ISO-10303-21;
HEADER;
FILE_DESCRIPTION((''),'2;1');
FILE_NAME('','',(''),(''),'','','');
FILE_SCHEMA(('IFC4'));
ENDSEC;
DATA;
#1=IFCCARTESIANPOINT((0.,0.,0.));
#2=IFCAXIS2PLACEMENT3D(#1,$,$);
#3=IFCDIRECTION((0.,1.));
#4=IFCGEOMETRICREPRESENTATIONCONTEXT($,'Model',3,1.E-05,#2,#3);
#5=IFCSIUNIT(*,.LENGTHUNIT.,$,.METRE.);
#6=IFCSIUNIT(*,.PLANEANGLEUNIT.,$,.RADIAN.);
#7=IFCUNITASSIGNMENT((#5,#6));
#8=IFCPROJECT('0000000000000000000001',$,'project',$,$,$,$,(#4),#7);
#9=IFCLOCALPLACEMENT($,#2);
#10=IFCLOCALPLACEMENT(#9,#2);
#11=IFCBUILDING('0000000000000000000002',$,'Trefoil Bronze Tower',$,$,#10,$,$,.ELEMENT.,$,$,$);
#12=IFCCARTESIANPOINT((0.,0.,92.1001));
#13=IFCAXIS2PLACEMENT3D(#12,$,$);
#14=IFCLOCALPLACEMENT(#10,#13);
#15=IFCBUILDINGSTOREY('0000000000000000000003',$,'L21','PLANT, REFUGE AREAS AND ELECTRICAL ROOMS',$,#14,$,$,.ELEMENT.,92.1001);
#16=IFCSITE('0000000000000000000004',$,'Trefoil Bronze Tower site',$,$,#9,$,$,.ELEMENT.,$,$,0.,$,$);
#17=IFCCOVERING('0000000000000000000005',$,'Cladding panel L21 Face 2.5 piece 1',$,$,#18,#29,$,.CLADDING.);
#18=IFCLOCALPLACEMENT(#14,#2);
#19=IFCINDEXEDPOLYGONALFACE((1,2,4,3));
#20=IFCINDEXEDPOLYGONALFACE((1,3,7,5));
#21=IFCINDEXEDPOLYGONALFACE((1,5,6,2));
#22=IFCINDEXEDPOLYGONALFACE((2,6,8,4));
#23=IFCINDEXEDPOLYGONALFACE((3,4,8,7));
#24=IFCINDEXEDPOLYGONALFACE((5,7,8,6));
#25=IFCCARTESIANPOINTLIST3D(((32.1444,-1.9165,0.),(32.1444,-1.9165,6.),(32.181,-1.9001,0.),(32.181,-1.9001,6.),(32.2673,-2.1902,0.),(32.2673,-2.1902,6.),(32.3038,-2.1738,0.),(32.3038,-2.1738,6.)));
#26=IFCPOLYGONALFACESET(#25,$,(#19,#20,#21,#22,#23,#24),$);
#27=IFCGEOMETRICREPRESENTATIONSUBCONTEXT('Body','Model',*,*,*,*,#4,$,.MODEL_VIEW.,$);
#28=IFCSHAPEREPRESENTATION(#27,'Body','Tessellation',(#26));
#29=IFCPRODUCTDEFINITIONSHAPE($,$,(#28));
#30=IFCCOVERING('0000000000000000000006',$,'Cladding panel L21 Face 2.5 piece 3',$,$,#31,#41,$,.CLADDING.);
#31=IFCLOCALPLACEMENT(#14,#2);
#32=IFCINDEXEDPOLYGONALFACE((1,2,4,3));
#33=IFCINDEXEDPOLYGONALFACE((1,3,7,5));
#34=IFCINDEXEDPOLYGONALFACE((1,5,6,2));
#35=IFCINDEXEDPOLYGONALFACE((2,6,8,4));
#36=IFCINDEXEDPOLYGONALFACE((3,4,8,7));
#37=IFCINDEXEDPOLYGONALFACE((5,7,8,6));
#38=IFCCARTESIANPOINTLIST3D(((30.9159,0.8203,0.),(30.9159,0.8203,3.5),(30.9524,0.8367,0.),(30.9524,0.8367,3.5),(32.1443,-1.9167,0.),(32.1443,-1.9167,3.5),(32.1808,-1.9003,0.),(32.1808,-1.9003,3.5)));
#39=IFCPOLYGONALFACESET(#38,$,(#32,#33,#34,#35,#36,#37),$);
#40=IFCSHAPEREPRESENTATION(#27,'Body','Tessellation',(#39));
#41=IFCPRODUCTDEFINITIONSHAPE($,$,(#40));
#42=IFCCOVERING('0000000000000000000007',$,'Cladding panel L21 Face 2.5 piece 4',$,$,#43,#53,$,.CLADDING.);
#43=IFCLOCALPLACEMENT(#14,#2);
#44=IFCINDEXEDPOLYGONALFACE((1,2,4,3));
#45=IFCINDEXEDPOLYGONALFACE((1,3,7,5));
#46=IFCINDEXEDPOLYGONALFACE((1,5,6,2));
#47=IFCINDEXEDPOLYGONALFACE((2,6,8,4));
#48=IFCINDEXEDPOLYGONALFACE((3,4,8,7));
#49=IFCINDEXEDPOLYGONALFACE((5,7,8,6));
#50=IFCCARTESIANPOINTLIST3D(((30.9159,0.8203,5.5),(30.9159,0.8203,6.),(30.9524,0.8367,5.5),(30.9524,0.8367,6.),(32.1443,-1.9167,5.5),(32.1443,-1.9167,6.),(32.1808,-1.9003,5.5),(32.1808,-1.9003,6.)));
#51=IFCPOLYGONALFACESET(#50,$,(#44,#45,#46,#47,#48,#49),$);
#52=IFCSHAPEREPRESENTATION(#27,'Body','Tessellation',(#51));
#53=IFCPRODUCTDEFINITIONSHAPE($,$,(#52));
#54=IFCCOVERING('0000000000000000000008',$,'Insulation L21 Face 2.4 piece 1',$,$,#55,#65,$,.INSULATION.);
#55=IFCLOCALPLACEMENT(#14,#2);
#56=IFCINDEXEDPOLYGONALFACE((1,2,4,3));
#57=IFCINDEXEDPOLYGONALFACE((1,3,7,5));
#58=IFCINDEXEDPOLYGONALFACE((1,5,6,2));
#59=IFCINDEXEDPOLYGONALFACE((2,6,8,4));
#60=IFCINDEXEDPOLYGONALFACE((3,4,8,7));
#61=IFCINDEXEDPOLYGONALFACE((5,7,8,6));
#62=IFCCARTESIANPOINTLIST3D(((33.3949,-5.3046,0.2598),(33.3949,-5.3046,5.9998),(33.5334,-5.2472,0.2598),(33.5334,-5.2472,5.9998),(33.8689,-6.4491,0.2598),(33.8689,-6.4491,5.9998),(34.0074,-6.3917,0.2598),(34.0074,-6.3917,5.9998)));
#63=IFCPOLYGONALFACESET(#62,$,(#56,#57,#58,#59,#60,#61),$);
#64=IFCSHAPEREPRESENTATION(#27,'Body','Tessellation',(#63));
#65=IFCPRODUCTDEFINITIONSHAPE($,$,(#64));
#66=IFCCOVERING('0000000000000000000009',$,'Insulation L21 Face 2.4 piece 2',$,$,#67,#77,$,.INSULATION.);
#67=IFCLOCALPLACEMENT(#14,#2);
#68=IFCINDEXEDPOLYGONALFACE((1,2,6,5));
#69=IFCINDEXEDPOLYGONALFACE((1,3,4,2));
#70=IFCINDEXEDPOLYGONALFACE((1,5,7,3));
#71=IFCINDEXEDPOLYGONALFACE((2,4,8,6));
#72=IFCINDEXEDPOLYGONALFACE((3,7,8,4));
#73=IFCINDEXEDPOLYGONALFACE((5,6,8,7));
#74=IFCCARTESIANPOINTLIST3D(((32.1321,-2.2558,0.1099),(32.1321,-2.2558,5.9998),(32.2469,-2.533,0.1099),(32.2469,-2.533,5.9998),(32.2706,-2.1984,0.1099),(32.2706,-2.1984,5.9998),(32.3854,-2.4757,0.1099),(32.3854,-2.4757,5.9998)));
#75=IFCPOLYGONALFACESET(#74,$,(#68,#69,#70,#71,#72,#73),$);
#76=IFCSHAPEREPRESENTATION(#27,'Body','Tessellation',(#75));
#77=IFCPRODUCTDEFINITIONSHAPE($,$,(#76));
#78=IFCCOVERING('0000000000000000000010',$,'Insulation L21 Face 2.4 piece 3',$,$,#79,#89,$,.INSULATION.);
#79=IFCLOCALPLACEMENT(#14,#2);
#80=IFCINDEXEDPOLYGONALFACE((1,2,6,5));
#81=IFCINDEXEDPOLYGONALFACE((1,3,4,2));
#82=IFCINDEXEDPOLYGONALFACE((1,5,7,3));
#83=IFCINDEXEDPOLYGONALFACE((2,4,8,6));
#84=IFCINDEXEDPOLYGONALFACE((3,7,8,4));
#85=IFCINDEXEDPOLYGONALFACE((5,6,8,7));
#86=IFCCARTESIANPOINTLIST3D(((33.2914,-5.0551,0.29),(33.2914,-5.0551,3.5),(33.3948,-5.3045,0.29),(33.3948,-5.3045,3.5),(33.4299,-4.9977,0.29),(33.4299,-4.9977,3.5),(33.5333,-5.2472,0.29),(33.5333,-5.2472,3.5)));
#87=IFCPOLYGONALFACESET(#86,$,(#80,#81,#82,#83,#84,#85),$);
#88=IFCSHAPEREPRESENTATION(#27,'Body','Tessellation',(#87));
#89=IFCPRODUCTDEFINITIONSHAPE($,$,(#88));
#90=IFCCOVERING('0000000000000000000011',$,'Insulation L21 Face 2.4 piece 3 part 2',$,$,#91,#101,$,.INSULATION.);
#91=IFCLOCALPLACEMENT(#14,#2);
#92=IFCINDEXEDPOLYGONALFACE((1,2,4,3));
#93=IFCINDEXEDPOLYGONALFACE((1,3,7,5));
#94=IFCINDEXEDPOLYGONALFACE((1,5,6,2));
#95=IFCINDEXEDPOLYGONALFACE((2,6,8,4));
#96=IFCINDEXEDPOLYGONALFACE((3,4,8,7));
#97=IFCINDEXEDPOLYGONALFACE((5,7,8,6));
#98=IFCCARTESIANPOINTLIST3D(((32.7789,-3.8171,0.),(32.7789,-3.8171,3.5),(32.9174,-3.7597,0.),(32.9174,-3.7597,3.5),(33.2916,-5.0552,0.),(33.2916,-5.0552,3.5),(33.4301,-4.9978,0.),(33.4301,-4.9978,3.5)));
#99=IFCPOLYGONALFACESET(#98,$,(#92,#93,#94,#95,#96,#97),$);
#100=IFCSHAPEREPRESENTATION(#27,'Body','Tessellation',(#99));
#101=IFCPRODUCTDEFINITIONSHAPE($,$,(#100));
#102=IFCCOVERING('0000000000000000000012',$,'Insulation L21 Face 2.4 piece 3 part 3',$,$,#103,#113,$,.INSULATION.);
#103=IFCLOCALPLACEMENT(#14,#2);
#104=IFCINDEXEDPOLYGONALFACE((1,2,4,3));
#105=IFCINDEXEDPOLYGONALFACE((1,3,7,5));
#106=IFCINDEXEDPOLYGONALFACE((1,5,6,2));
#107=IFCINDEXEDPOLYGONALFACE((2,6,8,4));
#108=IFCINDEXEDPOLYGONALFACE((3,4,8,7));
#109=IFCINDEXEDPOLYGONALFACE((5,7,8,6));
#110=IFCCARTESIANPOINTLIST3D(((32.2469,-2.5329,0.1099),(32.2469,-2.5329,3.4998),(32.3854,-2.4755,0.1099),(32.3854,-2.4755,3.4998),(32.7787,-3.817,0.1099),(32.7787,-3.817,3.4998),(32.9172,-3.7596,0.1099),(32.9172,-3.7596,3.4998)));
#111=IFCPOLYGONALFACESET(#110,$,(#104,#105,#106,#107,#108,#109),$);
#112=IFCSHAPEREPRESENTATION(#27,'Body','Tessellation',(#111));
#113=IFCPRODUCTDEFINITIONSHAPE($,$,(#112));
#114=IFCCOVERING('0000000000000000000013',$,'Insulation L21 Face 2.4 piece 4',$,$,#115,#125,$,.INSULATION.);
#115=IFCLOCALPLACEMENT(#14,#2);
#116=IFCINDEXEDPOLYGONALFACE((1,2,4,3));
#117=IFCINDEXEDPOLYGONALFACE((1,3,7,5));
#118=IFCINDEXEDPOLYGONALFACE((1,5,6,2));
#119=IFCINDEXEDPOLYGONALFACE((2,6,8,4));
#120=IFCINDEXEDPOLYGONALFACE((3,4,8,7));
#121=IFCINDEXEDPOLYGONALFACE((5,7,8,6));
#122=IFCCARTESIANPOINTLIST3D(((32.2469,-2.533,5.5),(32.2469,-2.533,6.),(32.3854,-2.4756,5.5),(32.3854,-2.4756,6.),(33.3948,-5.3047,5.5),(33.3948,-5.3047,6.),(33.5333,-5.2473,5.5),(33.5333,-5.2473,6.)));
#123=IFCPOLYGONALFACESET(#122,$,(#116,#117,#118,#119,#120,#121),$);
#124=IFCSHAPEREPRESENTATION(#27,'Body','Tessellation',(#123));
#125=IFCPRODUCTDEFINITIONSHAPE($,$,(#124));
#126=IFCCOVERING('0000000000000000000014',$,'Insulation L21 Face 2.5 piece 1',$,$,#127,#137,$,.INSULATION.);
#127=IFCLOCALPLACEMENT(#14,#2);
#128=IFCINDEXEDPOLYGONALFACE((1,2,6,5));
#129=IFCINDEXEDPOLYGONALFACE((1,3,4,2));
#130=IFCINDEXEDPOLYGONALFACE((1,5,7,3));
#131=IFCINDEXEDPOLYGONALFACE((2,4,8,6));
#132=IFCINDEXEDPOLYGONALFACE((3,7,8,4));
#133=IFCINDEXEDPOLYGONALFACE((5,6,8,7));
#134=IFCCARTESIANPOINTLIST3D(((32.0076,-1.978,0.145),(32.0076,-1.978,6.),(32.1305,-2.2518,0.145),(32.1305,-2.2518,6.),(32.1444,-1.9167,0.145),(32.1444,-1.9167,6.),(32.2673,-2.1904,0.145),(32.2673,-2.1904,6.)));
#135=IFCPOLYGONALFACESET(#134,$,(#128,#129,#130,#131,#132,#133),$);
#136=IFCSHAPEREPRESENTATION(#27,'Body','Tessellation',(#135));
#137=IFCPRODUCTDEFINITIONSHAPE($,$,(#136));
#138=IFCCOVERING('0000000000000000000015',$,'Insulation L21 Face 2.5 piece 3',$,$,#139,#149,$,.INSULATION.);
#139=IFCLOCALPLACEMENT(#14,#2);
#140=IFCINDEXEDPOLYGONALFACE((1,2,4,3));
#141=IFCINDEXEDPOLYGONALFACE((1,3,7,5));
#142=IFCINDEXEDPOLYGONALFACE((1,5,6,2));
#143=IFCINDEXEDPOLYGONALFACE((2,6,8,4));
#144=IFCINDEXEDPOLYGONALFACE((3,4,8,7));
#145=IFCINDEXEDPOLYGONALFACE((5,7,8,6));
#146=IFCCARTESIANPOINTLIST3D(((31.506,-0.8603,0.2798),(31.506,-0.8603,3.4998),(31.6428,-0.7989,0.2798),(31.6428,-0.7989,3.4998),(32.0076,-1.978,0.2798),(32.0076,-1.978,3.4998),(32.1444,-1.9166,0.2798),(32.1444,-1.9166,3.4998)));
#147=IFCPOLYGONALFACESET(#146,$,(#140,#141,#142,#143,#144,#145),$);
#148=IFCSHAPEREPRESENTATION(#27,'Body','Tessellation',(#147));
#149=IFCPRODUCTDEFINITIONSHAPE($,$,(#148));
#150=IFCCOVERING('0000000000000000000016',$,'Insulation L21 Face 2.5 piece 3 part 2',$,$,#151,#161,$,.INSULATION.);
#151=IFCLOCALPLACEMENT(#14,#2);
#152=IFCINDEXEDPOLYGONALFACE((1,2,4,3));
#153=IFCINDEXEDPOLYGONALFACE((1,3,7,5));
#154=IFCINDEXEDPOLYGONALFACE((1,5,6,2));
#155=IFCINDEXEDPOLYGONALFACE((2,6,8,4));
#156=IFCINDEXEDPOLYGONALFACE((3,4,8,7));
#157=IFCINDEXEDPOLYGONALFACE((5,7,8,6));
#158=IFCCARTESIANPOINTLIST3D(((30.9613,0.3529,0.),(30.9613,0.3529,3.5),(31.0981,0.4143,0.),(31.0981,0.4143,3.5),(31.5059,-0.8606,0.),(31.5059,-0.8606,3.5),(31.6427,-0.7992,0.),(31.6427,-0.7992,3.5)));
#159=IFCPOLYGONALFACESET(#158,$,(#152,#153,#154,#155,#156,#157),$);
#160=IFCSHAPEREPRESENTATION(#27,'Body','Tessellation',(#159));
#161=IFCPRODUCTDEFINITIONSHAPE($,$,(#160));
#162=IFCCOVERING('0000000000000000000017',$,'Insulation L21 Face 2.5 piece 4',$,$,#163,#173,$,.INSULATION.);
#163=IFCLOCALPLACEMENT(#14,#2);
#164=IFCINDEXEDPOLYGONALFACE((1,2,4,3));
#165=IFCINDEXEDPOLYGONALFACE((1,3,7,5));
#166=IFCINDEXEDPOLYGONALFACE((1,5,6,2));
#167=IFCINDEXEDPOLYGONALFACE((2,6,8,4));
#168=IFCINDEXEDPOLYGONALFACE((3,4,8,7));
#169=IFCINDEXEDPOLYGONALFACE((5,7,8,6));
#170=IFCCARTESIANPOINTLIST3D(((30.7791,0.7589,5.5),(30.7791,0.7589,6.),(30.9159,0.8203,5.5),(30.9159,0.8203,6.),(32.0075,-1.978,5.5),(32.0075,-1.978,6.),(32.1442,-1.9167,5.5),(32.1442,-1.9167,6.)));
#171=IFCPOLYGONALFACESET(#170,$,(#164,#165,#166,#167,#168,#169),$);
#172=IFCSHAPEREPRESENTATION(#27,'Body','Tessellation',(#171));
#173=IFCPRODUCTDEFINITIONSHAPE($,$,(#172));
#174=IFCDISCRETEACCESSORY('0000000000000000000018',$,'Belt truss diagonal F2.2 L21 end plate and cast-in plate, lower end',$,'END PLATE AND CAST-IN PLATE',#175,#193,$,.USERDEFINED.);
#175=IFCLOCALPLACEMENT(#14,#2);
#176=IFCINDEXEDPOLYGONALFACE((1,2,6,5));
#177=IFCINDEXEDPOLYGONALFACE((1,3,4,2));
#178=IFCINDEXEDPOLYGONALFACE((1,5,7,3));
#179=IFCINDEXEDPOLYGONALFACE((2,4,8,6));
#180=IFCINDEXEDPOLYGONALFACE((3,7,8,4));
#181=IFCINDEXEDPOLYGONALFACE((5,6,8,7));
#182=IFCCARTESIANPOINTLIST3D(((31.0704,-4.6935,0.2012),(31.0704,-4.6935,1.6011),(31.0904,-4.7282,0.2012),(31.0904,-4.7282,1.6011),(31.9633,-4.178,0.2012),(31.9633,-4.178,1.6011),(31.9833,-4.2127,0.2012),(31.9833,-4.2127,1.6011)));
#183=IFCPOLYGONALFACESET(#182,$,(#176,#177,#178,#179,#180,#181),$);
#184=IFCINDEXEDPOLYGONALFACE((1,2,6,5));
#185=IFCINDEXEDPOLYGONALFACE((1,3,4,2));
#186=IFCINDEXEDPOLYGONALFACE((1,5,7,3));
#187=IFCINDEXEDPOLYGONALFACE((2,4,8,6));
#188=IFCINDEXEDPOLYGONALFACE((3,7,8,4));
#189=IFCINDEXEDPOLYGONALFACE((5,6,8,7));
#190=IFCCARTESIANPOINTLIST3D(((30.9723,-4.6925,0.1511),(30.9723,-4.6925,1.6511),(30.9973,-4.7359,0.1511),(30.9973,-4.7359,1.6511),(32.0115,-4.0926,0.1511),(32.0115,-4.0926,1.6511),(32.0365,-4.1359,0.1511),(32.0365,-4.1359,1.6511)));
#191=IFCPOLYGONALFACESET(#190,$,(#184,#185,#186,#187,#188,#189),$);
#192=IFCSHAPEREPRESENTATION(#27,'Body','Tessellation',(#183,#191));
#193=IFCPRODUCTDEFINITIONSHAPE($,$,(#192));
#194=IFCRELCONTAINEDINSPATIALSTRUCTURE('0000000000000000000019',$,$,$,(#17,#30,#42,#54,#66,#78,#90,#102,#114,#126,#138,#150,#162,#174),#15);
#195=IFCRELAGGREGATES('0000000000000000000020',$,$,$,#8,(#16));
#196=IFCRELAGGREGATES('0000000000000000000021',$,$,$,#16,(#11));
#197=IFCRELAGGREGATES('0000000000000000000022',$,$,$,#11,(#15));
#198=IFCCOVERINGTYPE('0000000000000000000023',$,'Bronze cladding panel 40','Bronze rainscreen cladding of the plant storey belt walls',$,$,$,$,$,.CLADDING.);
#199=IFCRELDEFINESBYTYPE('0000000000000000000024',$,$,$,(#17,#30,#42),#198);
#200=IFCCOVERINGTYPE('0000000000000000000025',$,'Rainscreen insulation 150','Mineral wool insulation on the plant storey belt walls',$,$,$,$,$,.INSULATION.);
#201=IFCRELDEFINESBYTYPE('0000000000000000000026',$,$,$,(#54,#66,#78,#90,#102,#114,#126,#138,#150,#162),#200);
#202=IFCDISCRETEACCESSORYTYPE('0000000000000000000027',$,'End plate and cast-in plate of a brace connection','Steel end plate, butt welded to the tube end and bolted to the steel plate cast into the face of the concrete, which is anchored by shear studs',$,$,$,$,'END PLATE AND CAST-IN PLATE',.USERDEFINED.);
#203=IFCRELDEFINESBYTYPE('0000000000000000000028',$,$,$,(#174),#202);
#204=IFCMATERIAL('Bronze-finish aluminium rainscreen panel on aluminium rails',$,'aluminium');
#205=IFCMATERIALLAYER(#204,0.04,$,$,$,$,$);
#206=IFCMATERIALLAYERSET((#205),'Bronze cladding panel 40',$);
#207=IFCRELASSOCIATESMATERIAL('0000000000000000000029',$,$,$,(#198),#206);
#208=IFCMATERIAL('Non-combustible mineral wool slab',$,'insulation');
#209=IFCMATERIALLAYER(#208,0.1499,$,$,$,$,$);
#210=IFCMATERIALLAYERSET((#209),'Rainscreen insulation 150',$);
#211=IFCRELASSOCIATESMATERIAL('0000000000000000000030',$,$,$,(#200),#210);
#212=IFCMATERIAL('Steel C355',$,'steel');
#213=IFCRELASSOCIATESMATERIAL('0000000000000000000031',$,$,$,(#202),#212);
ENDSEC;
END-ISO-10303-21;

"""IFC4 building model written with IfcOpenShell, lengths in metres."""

from ifc_helpers import new_model, si_unit, direction, frame, origin, origin_2d, place, context, subcontext, project, spatial, rectangle, extrude, material, layer, layer_set, type_object, element, save


model = new_model("IFC4")

# Units and contexts
model_context = context("Model", 3, precision=1e-05, world=origin(), true_north=direction((0.0, 1.0)))
body_context = subcontext(model_context, "Body", "Model", "MODEL_VIEW")
ifc_project = project(units=[si_unit("LENGTHUNIT", "METRE"), si_unit("PLANEANGLEUNIT", "RADIAN")], contexts=[model_context])

# Site, building, storey
site_placement = place(None, origin())
site = spatial("IfcSite", under=ifc_project, at=site_placement, Name="Trefoil Bronze Tower site", CompositionType="ELEMENT", RefElevation=0.0)
building_placement = place(site_placement, origin())
building = spatial("IfcBuilding", under=site, at=building_placement, Name="Trefoil Bronze Tower", CompositionType="ELEMENT")
storey_placement = place(building_placement, frame((0.0, 0.0, 92.1001)))
storey = spatial("IfcBuildingStorey", under=building, at=storey_placement, Name="L21", Description="PLANT, REFUGE AREAS AND ELECTRICAL ROOMS", CompositionType="ELEMENT", Elevation=92.1001)

# Coverings
ifc_material_1 = material(Name="Bronze-finish aluminium rainscreen panel on aluminium rails", Category="aluminium")
ifc_layer_1 = layer(ifc_material_1, 0.04)
ifc_layer_set_1 = layer_set([ifc_layer_1], Name="Bronze cladding panel 40")
covering_type_1 = type_object("IfcCoveringType", Name="Bronze cladding panel 40", Description="Bronze rainscreen cladding of the plant storey belt walls", PredefinedType="CLADDING", material=ifc_layer_set_1)
covering_1_placement = place(storey_placement, frame((32.2241, -2.0452, 0.0), z_axis=(0.0, 0.0, 1.0), x_axis=(-0.409456, 0.91233, 0.0)))
element("IfcCovering", 1, at=covering_1_placement, inside=storey, type_object=covering_type_1, Name="Cladding panel L21 Face 2.5 piece 1", PredefinedType="CLADDING", context=body_context, shape_type="SweptSolid", body=[
    extrude(rectangle(XDim=0.3, YDim=0.04, at=origin_2d()), origin(), (0.0, 0.0, 1.0), 6.0),
])
covering_2_placement = place(storey_placement, frame((31.5483, -0.54, 0.0), z_axis=(0.0, 0.0, 1.0), x_axis=(-0.409456, 0.91233, 0.0)))
element("IfcCovering", 2, at=covering_2_placement, inside=storey, type_object=covering_type_1, Name="Cladding panel L21 Face 2.5 piece 3", PredefinedType="CLADDING", context=body_context, shape_type="SweptSolid", body=[
    extrude(rectangle(XDim=3.0, YDim=0.04, at=origin_2d()), origin(), (0.0, 0.0, 1.0), 3.5),
])
covering_3_placement = place(storey_placement, frame((31.5483, -0.54, 5.5), z_axis=(0.0, 0.0, 1.0), x_axis=(-0.409456, 0.91233, 0.0)))
element("IfcCovering", 3, at=covering_3_placement, inside=storey, type_object=covering_type_1, Name="Cladding panel L21 Face 2.5 piece 4", PredefinedType="CLADDING", context=body_context, shape_type="SweptSolid", body=[
    extrude(rectangle(XDim=3.0, YDim=0.04, at=origin_2d()), origin(), (0.0, 0.0, 1.0), 0.5),
])
ifc_material_2 = material(Name="Non-combustible mineral wool slab", Category="insulation")
ifc_layer_2 = layer(ifc_material_2, 0.1499)
ifc_layer_set_2 = layer_set([ifc_layer_2], Name="Rainscreen insulation 150")
covering_type_2 = type_object("IfcCoveringType", Name="Rainscreen insulation 150", Description="Mineral wool insulation on the plant storey belt walls", PredefinedType="INSULATION", material=ifc_layer_set_2)
covering_4_placement = place(storey_placement, frame((33.7012, -5.8481, 0.2598), z_axis=(0.0, 0.0, 1.0), x_axis=(-0.38263, 0.923902, 0.0)))
element("IfcCovering", 4, at=covering_4_placement, inside=storey, type_object=covering_type_2, Name="Insulation L21 Face 2.4 piece 1", PredefinedType="INSULATION", context=body_context, shape_type="SweptSolid", body=[
    extrude(rectangle(XDim=1.2388, YDim=0.1499, at=origin_2d()), origin(), (0.0, 0.0, 1.0), 5.74),
])
covering_5_placement = place(storey_placement, frame((32.2588, -2.3657, 0.1099), z_axis=(0.0, 0.0, 1.0), x_axis=(-0.38263, 0.923902, 0.0)))
element("IfcCovering", 5, at=covering_5_placement, inside=storey, type_object=covering_type_2, Name="Insulation L21 Face 2.4 piece 2", PredefinedType="INSULATION", context=body_context, shape_type="SweptSolid", body=[
    extrude(rectangle(XDim=0.3, YDim=0.1499, at=origin_2d()), origin(), (0.0, 0.0, 1.0), 5.8899),
])
covering_6_placement = place(storey_placement, frame((33.4124, -5.1511, 0.29), z_axis=(0.0, 0.0, 1.0), x_axis=(-0.38263, 0.923902, 0.0)))
element("IfcCovering", 6, at=covering_6_placement, inside=storey, type_object=covering_type_2, Name="Insulation L21 Face 2.4 piece 3", PredefinedType="INSULATION", context=body_context, shape_type="SweptSolid", body=[
    extrude(rectangle(XDim=0.27, YDim=0.1499, at=origin_2d()), origin(), (0.0, 0.0, 1.0), 3.21),
])
covering_7_placement = place(storey_placement, frame((33.1045, -4.4075, 0.0), z_axis=(0.0, 0.0, 1.0), x_axis=(-0.38263, 0.923902, 0.0)))
element("IfcCovering", 7, at=covering_7_placement, inside=storey, type_object=covering_type_2, Name="Insulation L21 Face 2.4 piece 3 part 2", PredefinedType="INSULATION", context=body_context, shape_type="SweptSolid", body=[
    extrude(rectangle(XDim=1.3401, YDim=0.1499, at=origin_2d()), origin(), (0.0, 0.0, 1.0), 3.5),
])
covering_8_placement = place(storey_placement, frame((32.582, -3.1462, 0.1099), z_axis=(0.0, 0.0, 1.0), x_axis=(-0.38263, 0.923902, 0.0)))
element("IfcCovering", 8, at=covering_8_placement, inside=storey, type_object=covering_type_2, Name="Insulation L21 Face 2.4 piece 3 part 3", PredefinedType="INSULATION", context=body_context, shape_type="SweptSolid", body=[
    extrude(rectangle(XDim=1.3899, YDim=0.1499, at=origin_2d()), origin(), (0.0, 0.0, 1.0), 3.3899),
])
covering_9_placement = place(storey_placement, frame((32.8901, -3.8901, 5.5), z_axis=(0.0, 0.0, 1.0), x_axis=(-0.38263, 0.923902, 0.0)))
element("IfcCovering", 9, at=covering_9_placement, inside=storey, type_object=covering_type_2, Name="Insulation L21 Face 2.4 piece 4", PredefinedType="INSULATION", context=body_context, shape_type="SweptSolid", body=[
    extrude(rectangle(XDim=3.0, YDim=0.1499, at=origin_2d()), origin(), (0.0, 0.0, 1.0), 0.5),
])
covering_10_placement = place(storey_placement, frame((32.1375, -2.0842, 0.145), z_axis=(0.0, 0.0, 1.0), x_axis=(-0.409456, 0.91233, 0.0)))
element("IfcCovering", 10, at=covering_10_placement, inside=storey, type_object=covering_type_2, Name="Insulation L21 Face 2.5 piece 1", PredefinedType="INSULATION", context=body_context, shape_type="SweptSolid", body=[
    extrude(rectangle(XDim=0.3, YDim=0.1499, at=origin_2d()), origin(), (0.0, 0.0, 1.0), 5.855),
])
covering_11_placement = place(storey_placement, frame((31.8252, -1.3884, 0.2798), z_axis=(0.0, 0.0, 1.0), x_axis=(-0.409456, 0.91233, 0.0)))
element("IfcCovering", 11, at=covering_11_placement, inside=storey, type_object=covering_type_2, Name="Insulation L21 Face 2.5 piece 3", PredefinedType="INSULATION", context=body_context, shape_type="SweptSolid", body=[
    extrude(rectangle(XDim=1.2251, YDim=0.1499, at=origin_2d()), origin(), (0.0, 0.0, 1.0), 3.22),
])
covering_12_placement = place(storey_placement, frame((31.302, -0.2231, 0.0), z_axis=(0.0, 0.0, 1.0), x_axis=(-0.409456, 0.91233, 0.0)))
element("IfcCovering", 12, at=covering_12_placement, inside=storey, type_object=covering_type_2, Name="Insulation L21 Face 2.5 piece 3 part 2", PredefinedType="INSULATION", context=body_context, shape_type="SweptSolid", body=[
    extrude(rectangle(XDim=1.3301, YDim=0.1499, at=origin_2d()), origin(), (0.0, 0.0, 1.0), 3.5),
])
covering_13_placement = place(storey_placement, frame((31.4617, -0.5789, 5.5), z_axis=(0.0, 0.0, 1.0), x_axis=(-0.409456, 0.91233, 0.0)))
element("IfcCovering", 13, at=covering_13_placement, inside=storey, type_object=covering_type_2, Name="Insulation L21 Face 2.5 piece 4", PredefinedType="INSULATION", context=body_context, shape_type="SweptSolid", body=[
    extrude(rectangle(XDim=3.0, YDim=0.1499, at=origin_2d()), origin(), (0.0, 0.0, 1.0), 0.5),
])

# Discrete accessory
ifc_material_3 = material(Name="Steel C355", Category="steel")
discrete_accessory_type = type_object("IfcDiscreteAccessoryType", Name="End plate and cast-in plate of a brace connection", Description="Steel end plate, butt welded to the tube end and bolted to the steel plate cast into the face of the concrete, which is anchored by shear studs", ElementType="END PLATE AND CAST-IN PLATE", PredefinedType="USERDEFINED", material=ifc_material_3)
discrete_accessory_1_placement = place(storey_placement, frame((31.5168, -4.4358, 0.9011), z_axis=(0.0, 0.0, 1.0), x_axis=(0.5, -0.866025, 0.0)))
element("IfcDiscreteAccessory", 14, at=discrete_accessory_1_placement, inside=storey, type_object=discrete_accessory_type, Name="Belt truss diagonal F2.2 L21 end plate and cast-in plate, lower end", ObjectType="END PLATE AND CAST-IN PLATE", PredefinedType="USERDEFINED", context=body_context, shape_type="SweptSolid", body=[
    extrude(rectangle(XDim=0.04, YDim=1.031, at=origin_2d()), frame((0.02, 0.0, -0.7)), (0.0, 0.0, 1.0), 1.3999),
    extrude(rectangle(XDim=0.05, YDim=1.2, at=origin_2d()), frame((-0.0249, 0.0, -0.75)), (0.0, 0.0, 1.0), 1.5),
])

save(model, "model.ifc")
